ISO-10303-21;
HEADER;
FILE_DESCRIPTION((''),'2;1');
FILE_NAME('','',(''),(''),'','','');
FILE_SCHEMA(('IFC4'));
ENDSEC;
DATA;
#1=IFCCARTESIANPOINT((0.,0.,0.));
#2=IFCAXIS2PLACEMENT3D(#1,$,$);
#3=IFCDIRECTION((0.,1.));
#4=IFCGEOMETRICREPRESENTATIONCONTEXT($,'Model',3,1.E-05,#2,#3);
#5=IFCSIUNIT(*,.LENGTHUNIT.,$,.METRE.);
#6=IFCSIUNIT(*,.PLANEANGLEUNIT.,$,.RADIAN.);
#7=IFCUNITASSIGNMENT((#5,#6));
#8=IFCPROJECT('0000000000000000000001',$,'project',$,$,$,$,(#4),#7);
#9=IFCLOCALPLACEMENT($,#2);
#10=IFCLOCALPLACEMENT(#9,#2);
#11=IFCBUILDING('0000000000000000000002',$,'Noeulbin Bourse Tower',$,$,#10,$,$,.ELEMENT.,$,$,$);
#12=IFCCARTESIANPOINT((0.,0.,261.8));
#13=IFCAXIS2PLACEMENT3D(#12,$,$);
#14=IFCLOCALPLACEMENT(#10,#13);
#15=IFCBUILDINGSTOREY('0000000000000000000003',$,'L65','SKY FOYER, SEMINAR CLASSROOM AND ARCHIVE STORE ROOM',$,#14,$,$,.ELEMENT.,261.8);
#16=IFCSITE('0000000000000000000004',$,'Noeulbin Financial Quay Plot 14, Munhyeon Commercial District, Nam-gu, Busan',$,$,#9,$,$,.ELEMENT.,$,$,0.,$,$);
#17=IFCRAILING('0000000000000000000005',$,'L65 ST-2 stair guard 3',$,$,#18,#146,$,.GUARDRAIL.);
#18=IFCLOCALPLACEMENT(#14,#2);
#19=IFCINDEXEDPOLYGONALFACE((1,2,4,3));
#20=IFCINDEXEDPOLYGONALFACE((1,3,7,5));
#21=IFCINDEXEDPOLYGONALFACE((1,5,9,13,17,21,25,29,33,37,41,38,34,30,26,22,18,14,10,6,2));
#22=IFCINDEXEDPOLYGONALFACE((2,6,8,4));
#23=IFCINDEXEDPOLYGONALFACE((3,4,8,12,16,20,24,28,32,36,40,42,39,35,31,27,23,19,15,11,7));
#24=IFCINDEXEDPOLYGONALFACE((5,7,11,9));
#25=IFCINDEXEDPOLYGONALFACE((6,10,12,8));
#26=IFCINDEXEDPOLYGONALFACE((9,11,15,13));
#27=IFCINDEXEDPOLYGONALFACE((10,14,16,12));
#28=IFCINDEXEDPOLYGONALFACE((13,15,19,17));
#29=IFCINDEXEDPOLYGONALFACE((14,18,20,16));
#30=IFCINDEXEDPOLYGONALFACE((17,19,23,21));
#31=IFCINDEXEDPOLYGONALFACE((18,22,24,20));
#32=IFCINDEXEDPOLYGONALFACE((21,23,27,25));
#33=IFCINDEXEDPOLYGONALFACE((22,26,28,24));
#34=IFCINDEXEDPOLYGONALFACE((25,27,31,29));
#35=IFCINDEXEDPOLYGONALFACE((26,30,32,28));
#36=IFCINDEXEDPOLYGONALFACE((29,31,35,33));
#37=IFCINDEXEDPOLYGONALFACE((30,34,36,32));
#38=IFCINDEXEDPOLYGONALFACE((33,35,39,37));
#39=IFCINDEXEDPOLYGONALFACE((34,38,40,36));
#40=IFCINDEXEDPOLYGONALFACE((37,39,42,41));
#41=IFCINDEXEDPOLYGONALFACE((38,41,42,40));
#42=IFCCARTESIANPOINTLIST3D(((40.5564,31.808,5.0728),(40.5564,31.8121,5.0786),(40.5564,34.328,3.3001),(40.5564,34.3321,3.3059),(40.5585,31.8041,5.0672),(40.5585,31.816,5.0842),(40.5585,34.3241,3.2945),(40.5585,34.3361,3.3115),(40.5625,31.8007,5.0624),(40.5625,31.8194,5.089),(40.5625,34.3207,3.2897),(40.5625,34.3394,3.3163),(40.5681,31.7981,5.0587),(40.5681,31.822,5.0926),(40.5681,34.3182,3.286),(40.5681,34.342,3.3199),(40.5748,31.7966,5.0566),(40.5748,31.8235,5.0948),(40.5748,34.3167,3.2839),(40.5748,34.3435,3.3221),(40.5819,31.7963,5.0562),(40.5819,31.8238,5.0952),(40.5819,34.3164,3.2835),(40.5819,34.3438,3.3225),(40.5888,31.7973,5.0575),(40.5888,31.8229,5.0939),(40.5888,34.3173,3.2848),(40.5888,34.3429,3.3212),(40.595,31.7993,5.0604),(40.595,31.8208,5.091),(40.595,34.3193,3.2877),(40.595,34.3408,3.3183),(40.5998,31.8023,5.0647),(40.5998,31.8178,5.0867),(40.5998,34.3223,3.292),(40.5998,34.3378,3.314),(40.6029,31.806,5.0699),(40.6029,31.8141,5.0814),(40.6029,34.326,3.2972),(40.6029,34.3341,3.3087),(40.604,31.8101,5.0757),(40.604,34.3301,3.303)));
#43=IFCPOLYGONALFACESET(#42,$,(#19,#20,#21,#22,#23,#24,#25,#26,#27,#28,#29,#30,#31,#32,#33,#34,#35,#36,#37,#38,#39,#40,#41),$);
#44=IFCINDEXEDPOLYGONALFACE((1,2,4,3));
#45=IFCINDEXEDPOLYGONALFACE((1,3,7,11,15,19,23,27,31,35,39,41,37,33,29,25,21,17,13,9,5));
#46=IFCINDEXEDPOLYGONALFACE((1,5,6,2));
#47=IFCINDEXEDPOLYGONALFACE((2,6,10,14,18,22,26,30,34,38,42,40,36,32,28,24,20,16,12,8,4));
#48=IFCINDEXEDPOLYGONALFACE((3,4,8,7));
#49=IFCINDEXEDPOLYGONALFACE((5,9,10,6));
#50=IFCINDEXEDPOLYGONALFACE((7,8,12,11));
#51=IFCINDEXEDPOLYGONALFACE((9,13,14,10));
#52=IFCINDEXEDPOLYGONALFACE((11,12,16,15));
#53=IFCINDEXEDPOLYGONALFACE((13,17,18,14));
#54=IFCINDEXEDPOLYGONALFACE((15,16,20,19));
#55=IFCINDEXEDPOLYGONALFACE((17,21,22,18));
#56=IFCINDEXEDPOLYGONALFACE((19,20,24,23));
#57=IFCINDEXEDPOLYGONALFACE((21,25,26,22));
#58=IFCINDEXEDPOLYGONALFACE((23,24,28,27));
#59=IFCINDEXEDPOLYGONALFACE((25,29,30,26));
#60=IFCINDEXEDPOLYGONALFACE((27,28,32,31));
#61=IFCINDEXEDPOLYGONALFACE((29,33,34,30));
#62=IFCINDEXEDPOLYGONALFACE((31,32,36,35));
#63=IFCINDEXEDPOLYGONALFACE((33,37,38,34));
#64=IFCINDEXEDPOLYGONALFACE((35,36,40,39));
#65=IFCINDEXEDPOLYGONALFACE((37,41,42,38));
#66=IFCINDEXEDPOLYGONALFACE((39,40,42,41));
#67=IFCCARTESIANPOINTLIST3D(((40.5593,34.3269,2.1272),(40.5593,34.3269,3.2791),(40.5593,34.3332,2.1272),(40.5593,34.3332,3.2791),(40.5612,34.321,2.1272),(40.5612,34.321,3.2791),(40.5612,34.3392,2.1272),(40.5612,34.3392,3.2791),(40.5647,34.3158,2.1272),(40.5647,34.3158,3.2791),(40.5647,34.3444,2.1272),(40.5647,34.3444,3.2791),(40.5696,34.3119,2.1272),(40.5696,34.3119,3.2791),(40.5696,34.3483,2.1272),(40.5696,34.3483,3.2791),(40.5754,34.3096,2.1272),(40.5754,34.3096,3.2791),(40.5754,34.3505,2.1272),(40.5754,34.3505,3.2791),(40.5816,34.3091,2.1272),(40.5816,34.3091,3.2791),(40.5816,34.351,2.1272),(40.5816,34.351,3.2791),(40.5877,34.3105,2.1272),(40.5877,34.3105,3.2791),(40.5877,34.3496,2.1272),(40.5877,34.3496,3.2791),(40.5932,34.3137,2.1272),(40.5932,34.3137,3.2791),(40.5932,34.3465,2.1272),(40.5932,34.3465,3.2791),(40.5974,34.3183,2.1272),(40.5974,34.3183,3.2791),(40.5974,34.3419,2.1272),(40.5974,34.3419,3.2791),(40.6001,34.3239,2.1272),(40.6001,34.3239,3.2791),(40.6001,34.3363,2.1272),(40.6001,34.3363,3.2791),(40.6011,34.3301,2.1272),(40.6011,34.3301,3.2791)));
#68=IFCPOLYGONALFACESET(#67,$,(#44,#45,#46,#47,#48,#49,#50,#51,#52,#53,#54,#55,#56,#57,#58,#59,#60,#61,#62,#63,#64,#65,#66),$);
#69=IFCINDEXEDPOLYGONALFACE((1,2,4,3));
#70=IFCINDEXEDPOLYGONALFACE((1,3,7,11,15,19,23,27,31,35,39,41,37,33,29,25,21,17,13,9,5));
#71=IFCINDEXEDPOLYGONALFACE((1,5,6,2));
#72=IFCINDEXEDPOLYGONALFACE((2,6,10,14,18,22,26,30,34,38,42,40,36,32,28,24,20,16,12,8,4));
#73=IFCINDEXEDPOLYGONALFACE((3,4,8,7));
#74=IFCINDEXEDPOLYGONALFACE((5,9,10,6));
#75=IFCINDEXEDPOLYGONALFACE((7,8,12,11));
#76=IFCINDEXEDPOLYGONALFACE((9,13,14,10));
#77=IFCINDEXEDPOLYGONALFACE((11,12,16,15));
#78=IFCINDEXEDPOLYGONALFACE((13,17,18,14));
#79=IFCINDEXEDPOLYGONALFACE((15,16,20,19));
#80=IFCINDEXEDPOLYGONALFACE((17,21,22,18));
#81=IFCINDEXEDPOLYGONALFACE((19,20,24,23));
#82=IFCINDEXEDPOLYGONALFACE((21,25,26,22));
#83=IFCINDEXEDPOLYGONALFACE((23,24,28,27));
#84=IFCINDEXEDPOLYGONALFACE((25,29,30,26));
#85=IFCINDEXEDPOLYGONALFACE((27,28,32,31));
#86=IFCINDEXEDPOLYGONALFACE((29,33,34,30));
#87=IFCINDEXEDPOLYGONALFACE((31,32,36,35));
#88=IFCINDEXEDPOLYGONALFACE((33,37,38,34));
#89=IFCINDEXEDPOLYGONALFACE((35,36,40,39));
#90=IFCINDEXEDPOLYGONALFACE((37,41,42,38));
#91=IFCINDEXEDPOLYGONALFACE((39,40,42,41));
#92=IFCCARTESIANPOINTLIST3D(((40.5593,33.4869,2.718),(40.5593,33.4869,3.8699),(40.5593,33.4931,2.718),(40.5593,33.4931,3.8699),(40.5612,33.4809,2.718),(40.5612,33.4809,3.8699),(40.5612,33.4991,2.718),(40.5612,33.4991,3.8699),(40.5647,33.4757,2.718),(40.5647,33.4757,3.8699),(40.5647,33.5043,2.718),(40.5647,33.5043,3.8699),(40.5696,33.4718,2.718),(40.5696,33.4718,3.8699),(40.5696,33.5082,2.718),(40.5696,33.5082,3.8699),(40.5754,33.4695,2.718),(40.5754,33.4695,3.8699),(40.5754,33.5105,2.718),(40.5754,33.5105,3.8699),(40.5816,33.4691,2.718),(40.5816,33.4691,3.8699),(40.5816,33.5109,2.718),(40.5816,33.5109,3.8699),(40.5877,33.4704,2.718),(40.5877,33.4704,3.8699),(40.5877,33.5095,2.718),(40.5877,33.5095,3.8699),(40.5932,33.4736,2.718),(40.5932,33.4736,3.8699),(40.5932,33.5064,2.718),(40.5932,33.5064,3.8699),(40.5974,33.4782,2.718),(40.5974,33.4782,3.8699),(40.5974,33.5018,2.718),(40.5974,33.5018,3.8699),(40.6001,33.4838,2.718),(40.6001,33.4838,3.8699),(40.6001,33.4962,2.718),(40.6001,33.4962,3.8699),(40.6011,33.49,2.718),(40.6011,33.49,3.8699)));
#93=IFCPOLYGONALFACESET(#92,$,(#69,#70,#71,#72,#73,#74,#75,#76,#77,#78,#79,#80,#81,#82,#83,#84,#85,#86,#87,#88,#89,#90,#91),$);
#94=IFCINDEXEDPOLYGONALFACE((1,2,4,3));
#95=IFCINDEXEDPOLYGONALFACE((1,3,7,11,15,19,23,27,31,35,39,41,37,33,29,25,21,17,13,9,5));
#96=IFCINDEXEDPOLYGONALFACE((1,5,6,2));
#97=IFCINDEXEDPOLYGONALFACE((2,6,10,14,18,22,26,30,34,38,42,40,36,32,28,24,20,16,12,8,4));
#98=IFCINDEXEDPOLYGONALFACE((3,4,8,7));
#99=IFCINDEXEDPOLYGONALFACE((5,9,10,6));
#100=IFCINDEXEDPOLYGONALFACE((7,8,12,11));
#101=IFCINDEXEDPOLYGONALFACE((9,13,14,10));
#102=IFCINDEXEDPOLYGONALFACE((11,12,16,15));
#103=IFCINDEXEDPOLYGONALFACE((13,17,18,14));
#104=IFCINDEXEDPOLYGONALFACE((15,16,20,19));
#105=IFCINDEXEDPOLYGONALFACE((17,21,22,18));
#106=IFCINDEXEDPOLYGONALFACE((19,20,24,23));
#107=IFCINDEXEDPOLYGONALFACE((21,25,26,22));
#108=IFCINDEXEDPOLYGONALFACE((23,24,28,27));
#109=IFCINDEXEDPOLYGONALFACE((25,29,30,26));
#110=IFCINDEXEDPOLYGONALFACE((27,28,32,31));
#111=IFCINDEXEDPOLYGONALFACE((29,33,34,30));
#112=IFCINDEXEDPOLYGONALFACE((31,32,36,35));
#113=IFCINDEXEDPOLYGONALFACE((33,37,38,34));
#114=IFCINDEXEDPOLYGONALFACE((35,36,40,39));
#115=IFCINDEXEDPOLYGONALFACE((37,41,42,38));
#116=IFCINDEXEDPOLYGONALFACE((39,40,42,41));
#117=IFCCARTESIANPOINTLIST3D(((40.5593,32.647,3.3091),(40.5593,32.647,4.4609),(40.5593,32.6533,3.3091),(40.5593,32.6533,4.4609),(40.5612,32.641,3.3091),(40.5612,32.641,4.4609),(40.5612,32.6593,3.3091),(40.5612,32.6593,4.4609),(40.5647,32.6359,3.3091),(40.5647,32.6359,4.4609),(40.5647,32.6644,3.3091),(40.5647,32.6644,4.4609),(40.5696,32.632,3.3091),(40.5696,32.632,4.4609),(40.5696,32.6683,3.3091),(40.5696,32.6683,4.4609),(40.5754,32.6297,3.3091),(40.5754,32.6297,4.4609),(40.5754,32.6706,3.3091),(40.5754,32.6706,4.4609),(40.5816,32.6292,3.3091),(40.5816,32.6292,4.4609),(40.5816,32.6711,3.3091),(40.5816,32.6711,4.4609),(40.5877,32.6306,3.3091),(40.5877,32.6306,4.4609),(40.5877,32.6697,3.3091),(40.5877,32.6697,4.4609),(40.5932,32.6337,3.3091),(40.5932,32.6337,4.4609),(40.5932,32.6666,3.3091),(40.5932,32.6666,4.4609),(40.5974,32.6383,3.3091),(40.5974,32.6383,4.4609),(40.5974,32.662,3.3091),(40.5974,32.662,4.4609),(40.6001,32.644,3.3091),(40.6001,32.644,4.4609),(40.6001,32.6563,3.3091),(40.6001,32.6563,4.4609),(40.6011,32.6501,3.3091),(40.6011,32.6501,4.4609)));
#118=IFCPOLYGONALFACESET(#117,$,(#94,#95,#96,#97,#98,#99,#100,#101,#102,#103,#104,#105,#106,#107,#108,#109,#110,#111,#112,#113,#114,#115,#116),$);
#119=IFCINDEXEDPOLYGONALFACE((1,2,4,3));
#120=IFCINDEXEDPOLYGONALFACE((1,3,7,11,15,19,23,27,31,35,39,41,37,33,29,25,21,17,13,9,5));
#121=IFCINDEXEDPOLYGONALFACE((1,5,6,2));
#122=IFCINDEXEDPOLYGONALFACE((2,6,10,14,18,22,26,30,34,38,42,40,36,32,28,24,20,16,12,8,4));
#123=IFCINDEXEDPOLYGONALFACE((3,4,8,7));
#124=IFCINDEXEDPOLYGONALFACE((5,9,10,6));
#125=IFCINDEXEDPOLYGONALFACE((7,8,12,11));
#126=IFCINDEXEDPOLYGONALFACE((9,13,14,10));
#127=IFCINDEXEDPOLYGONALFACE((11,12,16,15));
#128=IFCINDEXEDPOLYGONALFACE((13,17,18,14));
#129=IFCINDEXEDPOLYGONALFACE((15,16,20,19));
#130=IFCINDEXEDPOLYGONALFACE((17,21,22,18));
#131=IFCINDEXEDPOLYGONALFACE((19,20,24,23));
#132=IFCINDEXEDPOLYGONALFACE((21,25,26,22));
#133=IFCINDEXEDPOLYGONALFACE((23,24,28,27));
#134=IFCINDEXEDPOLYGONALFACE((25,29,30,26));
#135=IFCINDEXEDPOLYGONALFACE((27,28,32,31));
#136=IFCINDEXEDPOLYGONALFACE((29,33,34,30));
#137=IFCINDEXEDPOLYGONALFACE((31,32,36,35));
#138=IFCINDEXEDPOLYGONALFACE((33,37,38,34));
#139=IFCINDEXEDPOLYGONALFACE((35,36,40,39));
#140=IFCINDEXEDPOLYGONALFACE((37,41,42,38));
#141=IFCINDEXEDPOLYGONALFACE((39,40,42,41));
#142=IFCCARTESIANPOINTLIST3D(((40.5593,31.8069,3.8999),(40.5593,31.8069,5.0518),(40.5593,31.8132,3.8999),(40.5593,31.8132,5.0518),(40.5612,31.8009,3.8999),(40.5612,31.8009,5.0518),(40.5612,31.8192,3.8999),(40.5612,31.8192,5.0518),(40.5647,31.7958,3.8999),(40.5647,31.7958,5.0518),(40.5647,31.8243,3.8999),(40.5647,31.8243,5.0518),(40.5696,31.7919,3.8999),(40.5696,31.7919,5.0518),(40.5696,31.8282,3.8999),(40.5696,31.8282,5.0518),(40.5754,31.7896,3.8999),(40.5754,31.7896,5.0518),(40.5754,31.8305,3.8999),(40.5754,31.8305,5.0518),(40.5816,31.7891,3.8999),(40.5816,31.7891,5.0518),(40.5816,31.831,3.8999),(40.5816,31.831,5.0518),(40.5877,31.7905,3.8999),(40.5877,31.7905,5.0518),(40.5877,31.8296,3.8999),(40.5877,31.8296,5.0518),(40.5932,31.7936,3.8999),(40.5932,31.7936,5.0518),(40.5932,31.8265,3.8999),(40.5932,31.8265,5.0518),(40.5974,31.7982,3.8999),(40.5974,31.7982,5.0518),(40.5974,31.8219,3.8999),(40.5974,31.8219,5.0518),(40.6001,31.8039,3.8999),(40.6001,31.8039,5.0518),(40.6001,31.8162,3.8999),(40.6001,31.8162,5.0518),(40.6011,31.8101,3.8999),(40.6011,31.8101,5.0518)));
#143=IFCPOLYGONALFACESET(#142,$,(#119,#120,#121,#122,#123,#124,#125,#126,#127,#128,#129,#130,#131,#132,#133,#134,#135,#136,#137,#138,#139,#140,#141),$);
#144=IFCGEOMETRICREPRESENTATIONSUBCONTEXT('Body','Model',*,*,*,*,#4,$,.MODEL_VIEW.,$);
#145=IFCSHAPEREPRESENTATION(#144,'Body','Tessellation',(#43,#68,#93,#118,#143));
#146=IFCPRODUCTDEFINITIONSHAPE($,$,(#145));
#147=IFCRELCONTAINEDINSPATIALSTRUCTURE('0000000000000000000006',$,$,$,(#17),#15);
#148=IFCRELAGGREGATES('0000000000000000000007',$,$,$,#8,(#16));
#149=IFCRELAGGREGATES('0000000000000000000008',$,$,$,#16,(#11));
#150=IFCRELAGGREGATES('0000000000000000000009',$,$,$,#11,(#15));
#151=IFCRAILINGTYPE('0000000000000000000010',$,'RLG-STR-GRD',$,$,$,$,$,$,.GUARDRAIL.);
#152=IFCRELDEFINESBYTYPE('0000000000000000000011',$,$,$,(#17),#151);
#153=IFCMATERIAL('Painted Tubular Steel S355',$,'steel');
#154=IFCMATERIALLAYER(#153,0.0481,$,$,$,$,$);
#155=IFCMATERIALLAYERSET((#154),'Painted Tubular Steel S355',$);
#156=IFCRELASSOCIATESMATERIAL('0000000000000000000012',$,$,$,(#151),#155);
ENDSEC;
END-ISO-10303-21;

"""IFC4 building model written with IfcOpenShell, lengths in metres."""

from ifc_helpers import new_model, si_unit, direction, frame, origin, origin_2d, place, context, subcontext, project, spatial, circle, extrude, material, layer, layer_set, type_object, element, save


model = new_model("IFC4")

# Units and contexts
model_context = context("Model", 3, precision=1e-05, world=origin(), true_north=direction((0.0, 1.0)))
body_context = subcontext(model_context, "Body", "Model", "MODEL_VIEW")
ifc_project = project(units=[si_unit("LENGTHUNIT", "METRE"), si_unit("PLANEANGLEUNIT", "RADIAN")], contexts=[model_context])

# Site, building, storey
site_placement = place(None, origin())
site = spatial("IfcSite", under=ifc_project, at=site_placement, Name="Noeulbin Financial Quay Plot 14, Munhyeon Commercial District, Nam-gu, Busan", CompositionType="ELEMENT", RefElevation=0.0)
building_placement = place(site_placement, origin())
building = spatial("IfcBuilding", under=site, at=building_placement, Name="Noeulbin Bourse Tower", CompositionType="ELEMENT")
storey_placement = place(building_placement, frame((0.0, 0.0, 261.8)))
storey = spatial("IfcBuildingStorey", under=building, at=storey_placement, Name="L65", Description="SKY FOYER, SEMINAR CLASSROOM AND ARCHIVE STORE ROOM", CompositionType="ELEMENT", Elevation=261.8)

# Railing
ifc_material_1 = material(Name="Painted Tubular Steel S355", Category="steel")
ifc_layer_1 = layer(ifc_material_1, 0.0481)
ifc_layer_set_1 = layer_set([ifc_layer_1], Name="Painted Tubular Steel S355")
railing_type_1 = type_object("IfcRailingType", Name="RLG-STR-GRD", PredefinedType="GUARDRAIL", material=ifc_layer_set_1)
railing_1_placement = place(storey_placement, frame((40.5801, 34.3301, 2.1272)))
element("IfcRailing", 1, at=railing_1_placement, inside=storey, type_object=railing_type_1, Name="L65 ST-2 stair guard 3", PredefinedType="GUARDRAIL", context=body_context, shape_type="SweptSolid", body=[
    extrude(circle(Radius=0.0239, at=origin_2d()), frame((0.0, 0.0, 1.1758), z_axis=(0.0, -0.817904, 0.575354), x_axis=(1.0, 0.0, 0.0)), (0.0, 0.0, 1.0), 3.0811),
    extrude(circle(Radius=0.021, at=origin_2d()), origin(), (0.0, 0.0, 1.0), 1.1519),
    extrude(circle(Radius=0.021, at=origin_2d()), frame((0.0, -0.8401, 0.5908)), (0.0, 0.0, 1.0), 1.1519),
    extrude(circle(Radius=0.021, at=origin_2d()), frame((0.0, -1.6799, 1.1819)), (0.0, 0.0, 1.0), 1.1519),
    extrude(circle(Radius=0.021, at=origin_2d()), frame((0.0, -2.52, 1.7727)), (0.0, 0.0, 1.0), 1.1519),
])

save(model, "model.ifc")
